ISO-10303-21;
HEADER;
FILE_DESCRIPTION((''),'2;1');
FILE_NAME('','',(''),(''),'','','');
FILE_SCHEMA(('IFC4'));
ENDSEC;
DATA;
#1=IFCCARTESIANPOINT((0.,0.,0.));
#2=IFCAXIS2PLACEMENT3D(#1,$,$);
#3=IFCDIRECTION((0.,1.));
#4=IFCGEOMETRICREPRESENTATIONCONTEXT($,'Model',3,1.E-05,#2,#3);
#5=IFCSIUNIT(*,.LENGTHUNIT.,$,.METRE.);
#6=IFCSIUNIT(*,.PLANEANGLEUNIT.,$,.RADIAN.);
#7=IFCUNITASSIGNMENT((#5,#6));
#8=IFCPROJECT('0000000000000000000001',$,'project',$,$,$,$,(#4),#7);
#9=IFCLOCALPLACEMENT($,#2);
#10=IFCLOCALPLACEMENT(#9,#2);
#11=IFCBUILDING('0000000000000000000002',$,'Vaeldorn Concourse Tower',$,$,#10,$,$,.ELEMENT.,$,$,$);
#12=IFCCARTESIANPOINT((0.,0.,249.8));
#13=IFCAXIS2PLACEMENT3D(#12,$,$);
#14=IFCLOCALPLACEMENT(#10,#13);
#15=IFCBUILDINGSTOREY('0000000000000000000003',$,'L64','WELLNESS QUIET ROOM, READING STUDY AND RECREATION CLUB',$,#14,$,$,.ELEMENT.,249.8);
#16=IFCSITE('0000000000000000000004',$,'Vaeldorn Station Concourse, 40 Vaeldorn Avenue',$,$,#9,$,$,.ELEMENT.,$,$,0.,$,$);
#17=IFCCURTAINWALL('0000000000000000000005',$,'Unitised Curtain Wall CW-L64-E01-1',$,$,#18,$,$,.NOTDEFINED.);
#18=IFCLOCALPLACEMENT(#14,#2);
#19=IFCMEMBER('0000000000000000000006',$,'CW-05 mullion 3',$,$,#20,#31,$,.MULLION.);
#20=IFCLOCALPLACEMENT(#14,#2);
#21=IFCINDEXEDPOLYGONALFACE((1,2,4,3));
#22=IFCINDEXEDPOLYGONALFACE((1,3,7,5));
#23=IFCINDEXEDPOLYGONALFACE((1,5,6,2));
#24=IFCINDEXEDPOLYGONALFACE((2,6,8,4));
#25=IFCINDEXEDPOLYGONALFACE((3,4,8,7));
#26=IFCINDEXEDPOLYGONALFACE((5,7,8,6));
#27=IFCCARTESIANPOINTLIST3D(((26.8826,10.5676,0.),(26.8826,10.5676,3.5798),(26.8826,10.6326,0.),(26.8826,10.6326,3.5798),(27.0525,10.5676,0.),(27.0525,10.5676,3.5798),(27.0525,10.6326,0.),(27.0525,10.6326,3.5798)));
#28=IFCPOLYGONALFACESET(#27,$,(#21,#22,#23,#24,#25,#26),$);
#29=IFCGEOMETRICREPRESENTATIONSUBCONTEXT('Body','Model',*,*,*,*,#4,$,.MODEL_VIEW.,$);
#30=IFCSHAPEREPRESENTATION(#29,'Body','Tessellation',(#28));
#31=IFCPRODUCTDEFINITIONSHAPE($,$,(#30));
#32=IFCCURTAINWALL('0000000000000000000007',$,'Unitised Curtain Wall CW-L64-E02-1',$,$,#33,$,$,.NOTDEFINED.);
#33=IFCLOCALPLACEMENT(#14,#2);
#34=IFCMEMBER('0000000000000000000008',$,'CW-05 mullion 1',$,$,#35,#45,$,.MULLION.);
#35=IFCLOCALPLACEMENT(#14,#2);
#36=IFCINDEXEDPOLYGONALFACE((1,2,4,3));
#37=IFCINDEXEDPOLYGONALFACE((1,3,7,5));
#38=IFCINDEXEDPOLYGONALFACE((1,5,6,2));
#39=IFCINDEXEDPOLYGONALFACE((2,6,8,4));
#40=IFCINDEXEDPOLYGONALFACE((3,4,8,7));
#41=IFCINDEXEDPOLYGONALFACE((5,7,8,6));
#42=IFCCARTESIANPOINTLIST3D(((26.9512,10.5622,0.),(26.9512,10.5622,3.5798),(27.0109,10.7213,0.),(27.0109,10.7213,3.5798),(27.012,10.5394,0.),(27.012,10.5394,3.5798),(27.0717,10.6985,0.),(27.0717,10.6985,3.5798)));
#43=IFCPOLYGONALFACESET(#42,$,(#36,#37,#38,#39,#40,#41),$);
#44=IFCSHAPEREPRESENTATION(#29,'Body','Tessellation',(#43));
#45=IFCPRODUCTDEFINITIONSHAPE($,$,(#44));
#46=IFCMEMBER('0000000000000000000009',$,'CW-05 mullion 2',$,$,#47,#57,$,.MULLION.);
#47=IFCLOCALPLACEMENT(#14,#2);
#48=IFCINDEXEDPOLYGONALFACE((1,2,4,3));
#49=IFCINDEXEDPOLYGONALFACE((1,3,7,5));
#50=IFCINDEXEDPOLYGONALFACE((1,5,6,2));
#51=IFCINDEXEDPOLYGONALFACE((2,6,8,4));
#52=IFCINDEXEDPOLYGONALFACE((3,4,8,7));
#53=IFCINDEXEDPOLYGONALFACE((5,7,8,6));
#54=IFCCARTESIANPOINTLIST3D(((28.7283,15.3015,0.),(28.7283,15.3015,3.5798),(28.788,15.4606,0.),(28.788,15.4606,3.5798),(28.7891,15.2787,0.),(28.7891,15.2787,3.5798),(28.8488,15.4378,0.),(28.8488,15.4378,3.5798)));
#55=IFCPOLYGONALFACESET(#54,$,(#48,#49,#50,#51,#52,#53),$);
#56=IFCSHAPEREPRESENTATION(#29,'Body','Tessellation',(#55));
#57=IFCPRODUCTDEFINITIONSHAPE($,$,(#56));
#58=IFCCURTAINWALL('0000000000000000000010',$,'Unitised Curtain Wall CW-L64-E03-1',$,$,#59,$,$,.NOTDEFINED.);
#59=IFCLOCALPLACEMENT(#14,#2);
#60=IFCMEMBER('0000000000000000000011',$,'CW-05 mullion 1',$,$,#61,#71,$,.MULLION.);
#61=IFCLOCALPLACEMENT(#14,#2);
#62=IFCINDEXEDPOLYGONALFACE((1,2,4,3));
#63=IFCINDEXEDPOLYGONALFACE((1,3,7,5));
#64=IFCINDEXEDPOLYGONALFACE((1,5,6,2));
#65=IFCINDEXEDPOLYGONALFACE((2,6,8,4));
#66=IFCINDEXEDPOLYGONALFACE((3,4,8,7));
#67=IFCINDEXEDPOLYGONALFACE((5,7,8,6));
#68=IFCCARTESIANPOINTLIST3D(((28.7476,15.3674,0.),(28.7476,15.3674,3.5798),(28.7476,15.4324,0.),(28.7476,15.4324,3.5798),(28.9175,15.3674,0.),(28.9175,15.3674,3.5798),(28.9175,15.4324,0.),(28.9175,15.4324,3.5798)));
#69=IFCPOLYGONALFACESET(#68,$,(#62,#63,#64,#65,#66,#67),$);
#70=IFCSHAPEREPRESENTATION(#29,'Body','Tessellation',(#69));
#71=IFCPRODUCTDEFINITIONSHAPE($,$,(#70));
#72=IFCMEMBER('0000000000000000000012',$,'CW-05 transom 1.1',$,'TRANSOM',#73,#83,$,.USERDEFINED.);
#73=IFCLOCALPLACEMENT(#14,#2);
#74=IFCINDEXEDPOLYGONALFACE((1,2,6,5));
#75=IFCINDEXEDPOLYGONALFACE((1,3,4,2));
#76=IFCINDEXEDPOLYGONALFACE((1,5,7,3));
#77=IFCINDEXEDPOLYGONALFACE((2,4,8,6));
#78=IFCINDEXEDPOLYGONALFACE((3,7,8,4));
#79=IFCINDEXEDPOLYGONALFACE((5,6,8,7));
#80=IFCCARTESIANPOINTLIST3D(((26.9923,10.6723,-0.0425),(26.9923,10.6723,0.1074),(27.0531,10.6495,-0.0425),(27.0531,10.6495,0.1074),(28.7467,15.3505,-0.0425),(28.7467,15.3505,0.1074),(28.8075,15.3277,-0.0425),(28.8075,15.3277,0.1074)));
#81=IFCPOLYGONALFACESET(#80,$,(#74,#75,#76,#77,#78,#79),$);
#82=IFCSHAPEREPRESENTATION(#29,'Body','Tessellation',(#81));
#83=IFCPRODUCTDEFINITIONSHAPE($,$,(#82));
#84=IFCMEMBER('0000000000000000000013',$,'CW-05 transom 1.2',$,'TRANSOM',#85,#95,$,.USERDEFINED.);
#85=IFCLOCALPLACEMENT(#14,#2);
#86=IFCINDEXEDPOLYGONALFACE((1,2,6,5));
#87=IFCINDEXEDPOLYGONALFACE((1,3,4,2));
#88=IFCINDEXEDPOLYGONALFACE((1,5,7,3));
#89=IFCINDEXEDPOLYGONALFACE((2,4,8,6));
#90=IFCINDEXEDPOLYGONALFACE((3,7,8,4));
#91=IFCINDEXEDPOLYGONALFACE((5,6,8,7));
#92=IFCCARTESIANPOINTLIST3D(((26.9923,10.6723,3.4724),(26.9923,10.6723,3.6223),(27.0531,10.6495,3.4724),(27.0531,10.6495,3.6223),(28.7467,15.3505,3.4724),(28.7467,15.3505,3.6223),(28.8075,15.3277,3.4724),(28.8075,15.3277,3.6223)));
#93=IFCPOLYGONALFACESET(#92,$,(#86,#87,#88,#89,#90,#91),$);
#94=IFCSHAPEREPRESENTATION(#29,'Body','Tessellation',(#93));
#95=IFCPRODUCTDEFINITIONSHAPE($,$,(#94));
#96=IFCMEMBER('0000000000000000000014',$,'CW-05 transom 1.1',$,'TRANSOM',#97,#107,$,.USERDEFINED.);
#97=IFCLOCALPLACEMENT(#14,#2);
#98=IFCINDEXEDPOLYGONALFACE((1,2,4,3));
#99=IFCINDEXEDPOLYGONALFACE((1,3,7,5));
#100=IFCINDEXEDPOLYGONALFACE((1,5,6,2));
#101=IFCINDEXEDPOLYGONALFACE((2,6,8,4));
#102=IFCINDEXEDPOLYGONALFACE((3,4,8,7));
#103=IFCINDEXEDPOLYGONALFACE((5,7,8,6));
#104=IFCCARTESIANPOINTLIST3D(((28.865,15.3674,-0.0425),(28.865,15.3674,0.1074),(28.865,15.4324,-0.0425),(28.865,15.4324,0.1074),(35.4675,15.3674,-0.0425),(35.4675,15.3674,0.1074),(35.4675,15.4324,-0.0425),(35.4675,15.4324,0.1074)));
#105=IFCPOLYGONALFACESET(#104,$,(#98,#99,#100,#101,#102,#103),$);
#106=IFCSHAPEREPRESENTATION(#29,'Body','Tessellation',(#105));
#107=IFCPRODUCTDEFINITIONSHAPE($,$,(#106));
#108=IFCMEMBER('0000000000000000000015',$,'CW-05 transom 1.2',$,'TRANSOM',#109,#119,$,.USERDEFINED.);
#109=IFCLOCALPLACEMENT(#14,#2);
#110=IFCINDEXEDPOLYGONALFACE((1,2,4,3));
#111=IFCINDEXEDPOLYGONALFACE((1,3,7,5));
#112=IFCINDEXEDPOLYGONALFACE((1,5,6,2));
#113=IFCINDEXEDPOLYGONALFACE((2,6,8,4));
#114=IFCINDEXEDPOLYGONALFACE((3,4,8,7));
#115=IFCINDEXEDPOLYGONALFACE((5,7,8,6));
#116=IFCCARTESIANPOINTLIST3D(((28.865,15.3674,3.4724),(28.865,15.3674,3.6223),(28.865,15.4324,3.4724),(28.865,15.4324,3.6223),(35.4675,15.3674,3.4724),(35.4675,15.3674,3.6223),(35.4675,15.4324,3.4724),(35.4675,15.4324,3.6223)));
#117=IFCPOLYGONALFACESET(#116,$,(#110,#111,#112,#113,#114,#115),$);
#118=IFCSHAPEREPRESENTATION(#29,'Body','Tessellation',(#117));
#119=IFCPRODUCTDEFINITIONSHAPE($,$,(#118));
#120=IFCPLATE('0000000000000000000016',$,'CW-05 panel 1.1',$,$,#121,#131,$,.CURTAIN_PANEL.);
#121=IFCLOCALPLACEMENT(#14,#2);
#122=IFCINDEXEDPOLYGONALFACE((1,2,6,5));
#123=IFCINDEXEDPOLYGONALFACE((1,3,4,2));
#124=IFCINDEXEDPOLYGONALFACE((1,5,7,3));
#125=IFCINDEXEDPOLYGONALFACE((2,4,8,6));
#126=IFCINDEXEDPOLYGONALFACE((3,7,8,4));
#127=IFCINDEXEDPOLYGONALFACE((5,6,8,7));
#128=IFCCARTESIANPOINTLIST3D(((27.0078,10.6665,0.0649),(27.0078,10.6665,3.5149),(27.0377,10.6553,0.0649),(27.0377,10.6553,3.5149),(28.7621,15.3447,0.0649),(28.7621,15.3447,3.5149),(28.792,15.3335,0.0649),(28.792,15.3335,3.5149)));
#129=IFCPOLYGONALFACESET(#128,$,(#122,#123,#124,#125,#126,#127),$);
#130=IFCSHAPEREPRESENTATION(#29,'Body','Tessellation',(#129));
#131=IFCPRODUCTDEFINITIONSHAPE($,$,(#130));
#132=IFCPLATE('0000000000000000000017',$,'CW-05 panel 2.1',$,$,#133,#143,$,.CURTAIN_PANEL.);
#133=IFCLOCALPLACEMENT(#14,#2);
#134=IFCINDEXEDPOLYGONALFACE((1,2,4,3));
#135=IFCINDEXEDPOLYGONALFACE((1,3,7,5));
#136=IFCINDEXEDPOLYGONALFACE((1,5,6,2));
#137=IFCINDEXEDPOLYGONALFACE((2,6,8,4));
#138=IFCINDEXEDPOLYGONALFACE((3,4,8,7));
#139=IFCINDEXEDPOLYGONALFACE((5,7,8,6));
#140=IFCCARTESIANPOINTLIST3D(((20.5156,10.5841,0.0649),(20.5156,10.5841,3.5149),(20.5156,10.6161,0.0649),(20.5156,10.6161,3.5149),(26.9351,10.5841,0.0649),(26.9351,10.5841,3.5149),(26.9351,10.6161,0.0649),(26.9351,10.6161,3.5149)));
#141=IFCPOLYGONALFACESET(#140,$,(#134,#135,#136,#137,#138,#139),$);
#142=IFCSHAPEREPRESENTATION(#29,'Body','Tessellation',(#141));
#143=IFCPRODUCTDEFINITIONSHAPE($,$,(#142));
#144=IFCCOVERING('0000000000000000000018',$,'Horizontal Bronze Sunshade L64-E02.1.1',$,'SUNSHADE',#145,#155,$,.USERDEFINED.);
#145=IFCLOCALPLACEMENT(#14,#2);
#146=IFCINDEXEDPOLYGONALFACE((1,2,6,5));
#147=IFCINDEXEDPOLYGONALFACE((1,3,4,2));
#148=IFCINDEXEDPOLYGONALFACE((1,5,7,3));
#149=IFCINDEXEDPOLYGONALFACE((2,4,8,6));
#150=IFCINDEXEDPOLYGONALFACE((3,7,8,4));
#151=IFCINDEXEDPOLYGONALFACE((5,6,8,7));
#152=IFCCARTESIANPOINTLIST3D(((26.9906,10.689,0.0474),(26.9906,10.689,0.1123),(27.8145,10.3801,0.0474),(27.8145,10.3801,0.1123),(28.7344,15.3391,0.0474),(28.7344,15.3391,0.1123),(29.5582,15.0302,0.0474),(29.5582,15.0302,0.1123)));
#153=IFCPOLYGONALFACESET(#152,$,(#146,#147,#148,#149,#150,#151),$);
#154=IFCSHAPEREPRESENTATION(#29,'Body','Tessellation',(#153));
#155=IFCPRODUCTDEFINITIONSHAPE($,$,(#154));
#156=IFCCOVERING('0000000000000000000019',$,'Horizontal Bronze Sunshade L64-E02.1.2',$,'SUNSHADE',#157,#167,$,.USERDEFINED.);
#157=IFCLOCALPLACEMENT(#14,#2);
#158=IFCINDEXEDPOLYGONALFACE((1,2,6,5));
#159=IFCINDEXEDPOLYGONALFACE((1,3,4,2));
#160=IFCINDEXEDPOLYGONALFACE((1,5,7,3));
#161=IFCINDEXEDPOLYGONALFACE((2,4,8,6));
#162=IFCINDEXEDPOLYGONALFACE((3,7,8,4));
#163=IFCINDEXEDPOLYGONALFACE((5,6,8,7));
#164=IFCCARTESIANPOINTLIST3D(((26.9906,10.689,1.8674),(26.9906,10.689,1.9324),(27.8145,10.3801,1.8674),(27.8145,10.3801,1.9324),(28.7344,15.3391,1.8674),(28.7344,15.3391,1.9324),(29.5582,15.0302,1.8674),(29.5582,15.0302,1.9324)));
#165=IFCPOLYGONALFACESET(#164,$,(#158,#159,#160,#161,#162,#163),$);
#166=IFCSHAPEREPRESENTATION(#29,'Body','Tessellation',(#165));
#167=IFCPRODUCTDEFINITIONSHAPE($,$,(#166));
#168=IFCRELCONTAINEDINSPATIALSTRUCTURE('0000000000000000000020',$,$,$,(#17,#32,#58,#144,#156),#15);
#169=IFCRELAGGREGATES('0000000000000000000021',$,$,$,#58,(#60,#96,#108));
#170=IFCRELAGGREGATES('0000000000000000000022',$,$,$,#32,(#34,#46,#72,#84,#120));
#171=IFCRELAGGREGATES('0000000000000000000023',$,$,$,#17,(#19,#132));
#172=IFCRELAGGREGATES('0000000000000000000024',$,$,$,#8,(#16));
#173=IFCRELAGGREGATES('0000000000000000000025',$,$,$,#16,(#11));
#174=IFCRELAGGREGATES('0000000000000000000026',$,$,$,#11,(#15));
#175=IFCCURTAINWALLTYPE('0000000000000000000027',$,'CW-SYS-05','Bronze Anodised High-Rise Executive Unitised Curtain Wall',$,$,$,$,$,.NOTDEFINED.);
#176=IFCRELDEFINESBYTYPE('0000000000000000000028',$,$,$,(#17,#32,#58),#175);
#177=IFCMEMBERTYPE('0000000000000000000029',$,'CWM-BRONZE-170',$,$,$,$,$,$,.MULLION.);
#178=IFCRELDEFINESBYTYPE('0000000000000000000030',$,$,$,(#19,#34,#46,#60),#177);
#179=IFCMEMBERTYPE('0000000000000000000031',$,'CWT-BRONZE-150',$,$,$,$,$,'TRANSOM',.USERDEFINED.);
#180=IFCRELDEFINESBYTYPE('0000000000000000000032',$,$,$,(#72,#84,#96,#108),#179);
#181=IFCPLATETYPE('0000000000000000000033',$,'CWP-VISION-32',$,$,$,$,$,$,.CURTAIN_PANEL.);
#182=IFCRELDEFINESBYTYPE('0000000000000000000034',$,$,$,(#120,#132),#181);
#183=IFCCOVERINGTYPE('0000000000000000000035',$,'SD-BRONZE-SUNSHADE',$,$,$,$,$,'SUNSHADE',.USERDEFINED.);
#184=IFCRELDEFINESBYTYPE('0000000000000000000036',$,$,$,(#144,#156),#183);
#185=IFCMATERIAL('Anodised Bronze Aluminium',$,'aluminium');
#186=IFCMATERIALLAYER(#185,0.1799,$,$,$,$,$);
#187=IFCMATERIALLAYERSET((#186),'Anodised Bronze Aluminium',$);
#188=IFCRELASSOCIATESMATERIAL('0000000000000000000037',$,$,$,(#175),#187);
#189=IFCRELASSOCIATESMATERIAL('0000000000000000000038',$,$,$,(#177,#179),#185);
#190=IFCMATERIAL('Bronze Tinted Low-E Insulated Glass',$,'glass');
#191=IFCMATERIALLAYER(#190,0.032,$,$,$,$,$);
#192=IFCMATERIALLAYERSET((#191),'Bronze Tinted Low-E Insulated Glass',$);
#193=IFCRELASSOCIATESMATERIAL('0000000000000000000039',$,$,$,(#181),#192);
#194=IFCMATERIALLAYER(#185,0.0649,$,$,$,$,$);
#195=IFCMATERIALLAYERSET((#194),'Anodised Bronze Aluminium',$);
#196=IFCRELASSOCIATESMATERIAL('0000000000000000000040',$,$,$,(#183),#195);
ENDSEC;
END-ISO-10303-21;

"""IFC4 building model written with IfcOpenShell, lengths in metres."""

from ifc_helpers import new_model, si_unit, direction, frame, origin, origin_2d, place, context, subcontext, project, spatial, rectangle, extrude, source, transform, mapped, material, layer, layer_set, material_profile, profile_set, type_object, element, aggregate, save


model = new_model("IFC4")

# Units and contexts
model_context = context("Model", 3, precision=1e-05, world=origin(), true_north=direction((0.0, 1.0)))
body_context = subcontext(model_context, "Body", "Model", "MODEL_VIEW")
ifc_project = project(units=[si_unit("LENGTHUNIT", "METRE"), si_unit("PLANEANGLEUNIT", "RADIAN")], contexts=[model_context])

# Site, building, storey
site_placement = place(None, origin())
site = spatial("IfcSite", under=ifc_project, at=site_placement, Name="Vaeldorn Station Concourse, 40 Vaeldorn Avenue", CompositionType="ELEMENT", RefElevation=0.0)
building_placement = place(site_placement, origin())
building = spatial("IfcBuilding", under=site, at=building_placement, Name="Vaeldorn Concourse Tower", CompositionType="ELEMENT")
storey_placement = place(building_placement, frame((0.0, 0.0, 249.8)))
storey = spatial("IfcBuildingStorey", under=building, at=storey_placement, Name="L64", Description="WELLNESS QUIET ROOM, READING STUDY AND RECREATION CLUB", CompositionType="ELEMENT", Elevation=249.8)

# Curtain wall, member
ifc_material_1 = material(Name="Anodised Bronze Aluminium", Category="aluminium")
ifc_layer_1 = layer(ifc_material_1, 0.1799)
ifc_layer_set_1 = layer_set([ifc_layer_1], Name="Anodised Bronze Aluminium")
curtain_wall_type = type_object("IfcCurtainWallType", Name="CW-SYS-05", Description="Bronze Anodised High-Rise Executive Unitised Curtain Wall", PredefinedType="NOTDEFINED", material=ifc_layer_set_1)
curtain_wall_1_placement = place(storey_placement, origin())
curtain_wall_1 = element("IfcCurtainWall", 1, at=curtain_wall_1_placement, inside=storey, type_object=curtain_wall_type, Name="Unitised Curtain Wall CW-L64-E01-1", PredefinedType="NOTDEFINED")
ifc_material_profile_1 = material_profile(ifc_material_1, rectangle(XDim=0.0649, YDim=0.1699, at=origin_2d()), Name="CWM 65x170")
ifc_profile_set_1 = profile_set([ifc_material_profile_1], Name="Anodised Bronze Aluminium")
member_type_1 = type_object("IfcMemberType", Name="CWM-BRONZE-170", PredefinedType="MULLION", material=ifc_profile_set_1)
shared_shape_1 = source(origin(), body_context, "Body", "SweptSolid", [
    extrude(rectangle(XDim=0.0649, YDim=0.1699, at=origin_2d()), origin(), (0.0, 0.0, 1.0), 3.5798),
])
member_1_placement = place(storey_placement, frame((26.9675, 10.6001, 0.0), z_axis=(0.0, 0.0, 1.0), x_axis=(0.0, 1.0, 0.0)))
member_1 = element("IfcMember", 2, at=member_1_placement, type_object=member_type_1, Name="CW-05 mullion 3", PredefinedType="MULLION", context=body_context, shape_type="MappedRepresentation", body=[
    mapped(shared_shape_1, transform((0.0, 0.0, 0.0), scale=1.0)),
])

# Curtain wall, members
curtain_wall_2_placement = place(storey_placement, origin())
curtain_wall_2 = element("IfcCurtainWall", 3, at=curtain_wall_2_placement, inside=storey, type_object=curtain_wall_type, Name="Unitised Curtain Wall CW-L64-E02-1", PredefinedType="NOTDEFINED")
member_2_placement = place(storey_placement, frame((27.0115, 10.6304, 0.0), z_axis=(0.0, 0.0, 1.0), x_axis=(-0.936329, 0.351123, 0.0)))
member_2 = element("IfcMember", 4, at=member_2_placement, type_object=member_type_1, Name="CW-05 mullion 1", PredefinedType="MULLION", context=body_context, shape_type="MappedRepresentation", body=[
    mapped(shared_shape_1, transform((0.0, 0.0, 0.0), scale=1.0)),
])
member_3_placement = place(storey_placement, frame((28.7886, 15.3696, 0.0), z_axis=(0.0, 0.0, 1.0), x_axis=(-0.936329, 0.351123, 0.0)))
member_3 = element("IfcMember", 5, at=member_3_placement, type_object=member_type_1, Name="CW-05 mullion 2", PredefinedType="MULLION", context=body_context, shape_type="MappedRepresentation", body=[
    mapped(shared_shape_1, transform((0.0, 0.0, 0.0), scale=1.0)),
])

# Curtain wall, member
curtain_wall_3_placement = place(storey_placement, origin())
curtain_wall_3 = element("IfcCurtainWall", 6, at=curtain_wall_3_placement, inside=storey, type_object=curtain_wall_type, Name="Unitised Curtain Wall CW-L64-E03-1", PredefinedType="NOTDEFINED")
member_4_placement = place(storey_placement, frame((28.8325, 15.3999, 0.0), z_axis=(0.0, 0.0, 1.0), x_axis=(0.0, 1.0, 0.0)))
member_4 = element("IfcMember", 7, at=member_4_placement, type_object=member_type_1, Name="CW-05 mullion 1", PredefinedType="MULLION", context=body_context, shape_type="MappedRepresentation", body=[
    mapped(shared_shape_1, transform((0.0, 0.0, 0.0), scale=1.0)),
])

# Members
ifc_material_profile_2 = material_profile(ifc_material_1, rectangle(XDim=0.0649, YDim=0.1499, at=origin_2d()), Name="CWT 65x150")
ifc_profile_set_2 = profile_set([ifc_material_profile_2], Name="Anodised Bronze Aluminium")
member_type_2 = type_object("IfcMemberType", Name="CWT-BRONZE-150", ElementType="TRANSOM", PredefinedType="USERDEFINED", material=ifc_profile_set_2)
shared_shape_2 = source(origin(), body_context, "Body", "SweptSolid", [
    extrude(rectangle(XDim=0.0649, YDim=0.1499, at=origin_2d()), origin(), (0.0, 0.0, 1.0), 4.9963),
])
member_5_placement = place(storey_placement, frame((27.0227, 10.6609, 0.0325), z_axis=(0.351134, 0.936325, 0.0), x_axis=(-0.936325, 0.351134, 0.0)))
member_5 = element("IfcMember", 8, at=member_5_placement, type_object=member_type_2, Name="CW-05 transom 1.1", ObjectType="TRANSOM", PredefinedType="USERDEFINED", context=body_context, shape_type="MappedRepresentation", body=[
    mapped(shared_shape_2, transform((0.0, 0.0, 0.0), scale=1.0)),
])
member_6_placement = place(storey_placement, frame((27.0227, 10.6609, 3.5474), z_axis=(0.351134, 0.936325, 0.0), x_axis=(-0.936325, 0.351134, 0.0)))
member_6 = element("IfcMember", 9, at=member_6_placement, type_object=member_type_2, Name="CW-05 transom 1.2", ObjectType="TRANSOM", PredefinedType="USERDEFINED", context=body_context, shape_type="MappedRepresentation", body=[
    mapped(shared_shape_2, transform((0.0, 0.0, 0.0), scale=1.0)),
])
shared_shape_3 = source(origin(), body_context, "Body", "SweptSolid", [
    extrude(rectangle(XDim=0.0649, YDim=0.1499, at=origin_2d()), origin(), (0.0, 0.0, 1.0), 6.6025),
])
member_7_placement = place(storey_placement, frame((28.865, 15.3999, 0.0325), z_axis=(1.0, 0.0, 0.0), x_axis=(0.0, 1.0, 0.0)))
member_7 = element("IfcMember", 10, at=member_7_placement, type_object=member_type_2, Name="CW-05 transom 1.1", ObjectType="TRANSOM", PredefinedType="USERDEFINED", context=body_context, shape_type="MappedRepresentation", body=[
    mapped(shared_shape_3, transform((0.0, 0.0, 0.0), scale=1.0)),
])
member_8_placement = place(storey_placement, frame((28.865, 15.3999, 3.5474), z_axis=(1.0, 0.0, 0.0), x_axis=(0.0, 1.0, 0.0)))
member_8 = element("IfcMember", 11, at=member_8_placement, type_object=member_type_2, Name="CW-05 transom 1.2", ObjectType="TRANSOM", PredefinedType="USERDEFINED", context=body_context, shape_type="MappedRepresentation", body=[
    mapped(shared_shape_3, transform((0.0, 0.0, 0.0), scale=1.0)),
])
aggregate(curtain_wall_3, [member_4, member_7, member_8])

# Plates
ifc_material_2 = material(Name="Bronze Tinted Low-E Insulated Glass", Category="glass")
ifc_layer_2 = layer(ifc_material_2, 0.032)
ifc_layer_set_2 = layer_set([ifc_layer_2], Name="Bronze Tinted Low-E Insulated Glass")
plate_type = type_object("IfcPlateType", Name="CWP-VISION-32", PredefinedType="CURTAIN_PANEL", material=ifc_layer_set_2)
shared_shape_4 = source(origin(), body_context, "Body", "SweptSolid", [
    extrude(rectangle(XDim=4.9963, YDim=0.032, at=origin_2d()), origin(), (0.0, 0.0, 1.0), 3.45),
])
plate_1_placement = place(storey_placement, frame((27.8999, 13.0, 0.0649), z_axis=(0.0, 0.0, 1.0), x_axis=(0.351123, 0.936329, 0.0)))
plate_1 = element("IfcPlate", 12, at=plate_1_placement, type_object=plate_type, Name="CW-05 panel 1.1", PredefinedType="CURTAIN_PANEL", context=body_context, shape_type="MappedRepresentation", body=[
    mapped(shared_shape_4, transform((0.0, 0.0, 0.0), scale=1.0)),
])
aggregate(curtain_wall_2, [member_2, member_3, member_5, member_6, plate_1])
shared_shape_5 = source(origin(), body_context, "Body", "SweptSolid", [
    extrude(rectangle(XDim=6.4194, YDim=0.032, at=origin_2d()), origin(), (0.0, 0.0, 1.0), 3.45),
])
plate_2_placement = place(storey_placement, frame((23.7253, 10.6001, 0.0649), z_axis=(0.0, 0.0, 1.0), x_axis=(1.0, 0.0, 0.0)))
plate_2 = element("IfcPlate", 13, at=plate_2_placement, type_object=plate_type, Name="CW-05 panel 2.1", PredefinedType="CURTAIN_PANEL", context=body_context, shape_type="MappedRepresentation", body=[
    mapped(shared_shape_5, transform((0.0, 0.0, 0.0), scale=1.0)),
])
aggregate(curtain_wall_1, [member_1, plate_2])

# Coverings
ifc_layer_3 = layer(ifc_material_1, 0.0649)
ifc_layer_set_3 = layer_set([ifc_layer_3], Name="Anodised Bronze Aluminium")
covering_type = type_object("IfcCoveringType", Name="SD-BRONZE-SUNSHADE", ElementType="SUNSHADE", PredefinedType="USERDEFINED", material=ifc_layer_set_3)
shared_shape_6 = source(origin(), body_context, "Body", "SweptSolid", [
    extrude(rectangle(XDim=4.9663, YDim=0.8799, at=origin_2d()), origin(), (0.0, 0.0, 1.0), 0.0649),
])
for number, where, z_axis, x_axis, name in (
    (14, (28.2744, 12.8596, 0.0474), (0.0, 0.0, 1.0), (0.351123, 0.936329, 0.0), "Horizontal Bronze Sunshade L64-E02.1.1"),
    (15, (28.2744, 12.8596, 1.8674), (0.0, 0.0, 1.0), (0.351123, 0.936329, 0.0), "Horizontal Bronze Sunshade L64-E02.1.2"),
):
    element("IfcCovering", number, at=place(storey_placement, frame(where, z_axis=z_axis, x_axis=x_axis)), inside=storey, type_object=covering_type, Name=name, ObjectType="SUNSHADE", PredefinedType="USERDEFINED", context=body_context, shape_type="MappedRepresentation", body=[
        mapped(shared_shape_6, transform((0.0, 0.0, 0.0), scale=1.0)),
    ])

save(model, "model.ifc")
